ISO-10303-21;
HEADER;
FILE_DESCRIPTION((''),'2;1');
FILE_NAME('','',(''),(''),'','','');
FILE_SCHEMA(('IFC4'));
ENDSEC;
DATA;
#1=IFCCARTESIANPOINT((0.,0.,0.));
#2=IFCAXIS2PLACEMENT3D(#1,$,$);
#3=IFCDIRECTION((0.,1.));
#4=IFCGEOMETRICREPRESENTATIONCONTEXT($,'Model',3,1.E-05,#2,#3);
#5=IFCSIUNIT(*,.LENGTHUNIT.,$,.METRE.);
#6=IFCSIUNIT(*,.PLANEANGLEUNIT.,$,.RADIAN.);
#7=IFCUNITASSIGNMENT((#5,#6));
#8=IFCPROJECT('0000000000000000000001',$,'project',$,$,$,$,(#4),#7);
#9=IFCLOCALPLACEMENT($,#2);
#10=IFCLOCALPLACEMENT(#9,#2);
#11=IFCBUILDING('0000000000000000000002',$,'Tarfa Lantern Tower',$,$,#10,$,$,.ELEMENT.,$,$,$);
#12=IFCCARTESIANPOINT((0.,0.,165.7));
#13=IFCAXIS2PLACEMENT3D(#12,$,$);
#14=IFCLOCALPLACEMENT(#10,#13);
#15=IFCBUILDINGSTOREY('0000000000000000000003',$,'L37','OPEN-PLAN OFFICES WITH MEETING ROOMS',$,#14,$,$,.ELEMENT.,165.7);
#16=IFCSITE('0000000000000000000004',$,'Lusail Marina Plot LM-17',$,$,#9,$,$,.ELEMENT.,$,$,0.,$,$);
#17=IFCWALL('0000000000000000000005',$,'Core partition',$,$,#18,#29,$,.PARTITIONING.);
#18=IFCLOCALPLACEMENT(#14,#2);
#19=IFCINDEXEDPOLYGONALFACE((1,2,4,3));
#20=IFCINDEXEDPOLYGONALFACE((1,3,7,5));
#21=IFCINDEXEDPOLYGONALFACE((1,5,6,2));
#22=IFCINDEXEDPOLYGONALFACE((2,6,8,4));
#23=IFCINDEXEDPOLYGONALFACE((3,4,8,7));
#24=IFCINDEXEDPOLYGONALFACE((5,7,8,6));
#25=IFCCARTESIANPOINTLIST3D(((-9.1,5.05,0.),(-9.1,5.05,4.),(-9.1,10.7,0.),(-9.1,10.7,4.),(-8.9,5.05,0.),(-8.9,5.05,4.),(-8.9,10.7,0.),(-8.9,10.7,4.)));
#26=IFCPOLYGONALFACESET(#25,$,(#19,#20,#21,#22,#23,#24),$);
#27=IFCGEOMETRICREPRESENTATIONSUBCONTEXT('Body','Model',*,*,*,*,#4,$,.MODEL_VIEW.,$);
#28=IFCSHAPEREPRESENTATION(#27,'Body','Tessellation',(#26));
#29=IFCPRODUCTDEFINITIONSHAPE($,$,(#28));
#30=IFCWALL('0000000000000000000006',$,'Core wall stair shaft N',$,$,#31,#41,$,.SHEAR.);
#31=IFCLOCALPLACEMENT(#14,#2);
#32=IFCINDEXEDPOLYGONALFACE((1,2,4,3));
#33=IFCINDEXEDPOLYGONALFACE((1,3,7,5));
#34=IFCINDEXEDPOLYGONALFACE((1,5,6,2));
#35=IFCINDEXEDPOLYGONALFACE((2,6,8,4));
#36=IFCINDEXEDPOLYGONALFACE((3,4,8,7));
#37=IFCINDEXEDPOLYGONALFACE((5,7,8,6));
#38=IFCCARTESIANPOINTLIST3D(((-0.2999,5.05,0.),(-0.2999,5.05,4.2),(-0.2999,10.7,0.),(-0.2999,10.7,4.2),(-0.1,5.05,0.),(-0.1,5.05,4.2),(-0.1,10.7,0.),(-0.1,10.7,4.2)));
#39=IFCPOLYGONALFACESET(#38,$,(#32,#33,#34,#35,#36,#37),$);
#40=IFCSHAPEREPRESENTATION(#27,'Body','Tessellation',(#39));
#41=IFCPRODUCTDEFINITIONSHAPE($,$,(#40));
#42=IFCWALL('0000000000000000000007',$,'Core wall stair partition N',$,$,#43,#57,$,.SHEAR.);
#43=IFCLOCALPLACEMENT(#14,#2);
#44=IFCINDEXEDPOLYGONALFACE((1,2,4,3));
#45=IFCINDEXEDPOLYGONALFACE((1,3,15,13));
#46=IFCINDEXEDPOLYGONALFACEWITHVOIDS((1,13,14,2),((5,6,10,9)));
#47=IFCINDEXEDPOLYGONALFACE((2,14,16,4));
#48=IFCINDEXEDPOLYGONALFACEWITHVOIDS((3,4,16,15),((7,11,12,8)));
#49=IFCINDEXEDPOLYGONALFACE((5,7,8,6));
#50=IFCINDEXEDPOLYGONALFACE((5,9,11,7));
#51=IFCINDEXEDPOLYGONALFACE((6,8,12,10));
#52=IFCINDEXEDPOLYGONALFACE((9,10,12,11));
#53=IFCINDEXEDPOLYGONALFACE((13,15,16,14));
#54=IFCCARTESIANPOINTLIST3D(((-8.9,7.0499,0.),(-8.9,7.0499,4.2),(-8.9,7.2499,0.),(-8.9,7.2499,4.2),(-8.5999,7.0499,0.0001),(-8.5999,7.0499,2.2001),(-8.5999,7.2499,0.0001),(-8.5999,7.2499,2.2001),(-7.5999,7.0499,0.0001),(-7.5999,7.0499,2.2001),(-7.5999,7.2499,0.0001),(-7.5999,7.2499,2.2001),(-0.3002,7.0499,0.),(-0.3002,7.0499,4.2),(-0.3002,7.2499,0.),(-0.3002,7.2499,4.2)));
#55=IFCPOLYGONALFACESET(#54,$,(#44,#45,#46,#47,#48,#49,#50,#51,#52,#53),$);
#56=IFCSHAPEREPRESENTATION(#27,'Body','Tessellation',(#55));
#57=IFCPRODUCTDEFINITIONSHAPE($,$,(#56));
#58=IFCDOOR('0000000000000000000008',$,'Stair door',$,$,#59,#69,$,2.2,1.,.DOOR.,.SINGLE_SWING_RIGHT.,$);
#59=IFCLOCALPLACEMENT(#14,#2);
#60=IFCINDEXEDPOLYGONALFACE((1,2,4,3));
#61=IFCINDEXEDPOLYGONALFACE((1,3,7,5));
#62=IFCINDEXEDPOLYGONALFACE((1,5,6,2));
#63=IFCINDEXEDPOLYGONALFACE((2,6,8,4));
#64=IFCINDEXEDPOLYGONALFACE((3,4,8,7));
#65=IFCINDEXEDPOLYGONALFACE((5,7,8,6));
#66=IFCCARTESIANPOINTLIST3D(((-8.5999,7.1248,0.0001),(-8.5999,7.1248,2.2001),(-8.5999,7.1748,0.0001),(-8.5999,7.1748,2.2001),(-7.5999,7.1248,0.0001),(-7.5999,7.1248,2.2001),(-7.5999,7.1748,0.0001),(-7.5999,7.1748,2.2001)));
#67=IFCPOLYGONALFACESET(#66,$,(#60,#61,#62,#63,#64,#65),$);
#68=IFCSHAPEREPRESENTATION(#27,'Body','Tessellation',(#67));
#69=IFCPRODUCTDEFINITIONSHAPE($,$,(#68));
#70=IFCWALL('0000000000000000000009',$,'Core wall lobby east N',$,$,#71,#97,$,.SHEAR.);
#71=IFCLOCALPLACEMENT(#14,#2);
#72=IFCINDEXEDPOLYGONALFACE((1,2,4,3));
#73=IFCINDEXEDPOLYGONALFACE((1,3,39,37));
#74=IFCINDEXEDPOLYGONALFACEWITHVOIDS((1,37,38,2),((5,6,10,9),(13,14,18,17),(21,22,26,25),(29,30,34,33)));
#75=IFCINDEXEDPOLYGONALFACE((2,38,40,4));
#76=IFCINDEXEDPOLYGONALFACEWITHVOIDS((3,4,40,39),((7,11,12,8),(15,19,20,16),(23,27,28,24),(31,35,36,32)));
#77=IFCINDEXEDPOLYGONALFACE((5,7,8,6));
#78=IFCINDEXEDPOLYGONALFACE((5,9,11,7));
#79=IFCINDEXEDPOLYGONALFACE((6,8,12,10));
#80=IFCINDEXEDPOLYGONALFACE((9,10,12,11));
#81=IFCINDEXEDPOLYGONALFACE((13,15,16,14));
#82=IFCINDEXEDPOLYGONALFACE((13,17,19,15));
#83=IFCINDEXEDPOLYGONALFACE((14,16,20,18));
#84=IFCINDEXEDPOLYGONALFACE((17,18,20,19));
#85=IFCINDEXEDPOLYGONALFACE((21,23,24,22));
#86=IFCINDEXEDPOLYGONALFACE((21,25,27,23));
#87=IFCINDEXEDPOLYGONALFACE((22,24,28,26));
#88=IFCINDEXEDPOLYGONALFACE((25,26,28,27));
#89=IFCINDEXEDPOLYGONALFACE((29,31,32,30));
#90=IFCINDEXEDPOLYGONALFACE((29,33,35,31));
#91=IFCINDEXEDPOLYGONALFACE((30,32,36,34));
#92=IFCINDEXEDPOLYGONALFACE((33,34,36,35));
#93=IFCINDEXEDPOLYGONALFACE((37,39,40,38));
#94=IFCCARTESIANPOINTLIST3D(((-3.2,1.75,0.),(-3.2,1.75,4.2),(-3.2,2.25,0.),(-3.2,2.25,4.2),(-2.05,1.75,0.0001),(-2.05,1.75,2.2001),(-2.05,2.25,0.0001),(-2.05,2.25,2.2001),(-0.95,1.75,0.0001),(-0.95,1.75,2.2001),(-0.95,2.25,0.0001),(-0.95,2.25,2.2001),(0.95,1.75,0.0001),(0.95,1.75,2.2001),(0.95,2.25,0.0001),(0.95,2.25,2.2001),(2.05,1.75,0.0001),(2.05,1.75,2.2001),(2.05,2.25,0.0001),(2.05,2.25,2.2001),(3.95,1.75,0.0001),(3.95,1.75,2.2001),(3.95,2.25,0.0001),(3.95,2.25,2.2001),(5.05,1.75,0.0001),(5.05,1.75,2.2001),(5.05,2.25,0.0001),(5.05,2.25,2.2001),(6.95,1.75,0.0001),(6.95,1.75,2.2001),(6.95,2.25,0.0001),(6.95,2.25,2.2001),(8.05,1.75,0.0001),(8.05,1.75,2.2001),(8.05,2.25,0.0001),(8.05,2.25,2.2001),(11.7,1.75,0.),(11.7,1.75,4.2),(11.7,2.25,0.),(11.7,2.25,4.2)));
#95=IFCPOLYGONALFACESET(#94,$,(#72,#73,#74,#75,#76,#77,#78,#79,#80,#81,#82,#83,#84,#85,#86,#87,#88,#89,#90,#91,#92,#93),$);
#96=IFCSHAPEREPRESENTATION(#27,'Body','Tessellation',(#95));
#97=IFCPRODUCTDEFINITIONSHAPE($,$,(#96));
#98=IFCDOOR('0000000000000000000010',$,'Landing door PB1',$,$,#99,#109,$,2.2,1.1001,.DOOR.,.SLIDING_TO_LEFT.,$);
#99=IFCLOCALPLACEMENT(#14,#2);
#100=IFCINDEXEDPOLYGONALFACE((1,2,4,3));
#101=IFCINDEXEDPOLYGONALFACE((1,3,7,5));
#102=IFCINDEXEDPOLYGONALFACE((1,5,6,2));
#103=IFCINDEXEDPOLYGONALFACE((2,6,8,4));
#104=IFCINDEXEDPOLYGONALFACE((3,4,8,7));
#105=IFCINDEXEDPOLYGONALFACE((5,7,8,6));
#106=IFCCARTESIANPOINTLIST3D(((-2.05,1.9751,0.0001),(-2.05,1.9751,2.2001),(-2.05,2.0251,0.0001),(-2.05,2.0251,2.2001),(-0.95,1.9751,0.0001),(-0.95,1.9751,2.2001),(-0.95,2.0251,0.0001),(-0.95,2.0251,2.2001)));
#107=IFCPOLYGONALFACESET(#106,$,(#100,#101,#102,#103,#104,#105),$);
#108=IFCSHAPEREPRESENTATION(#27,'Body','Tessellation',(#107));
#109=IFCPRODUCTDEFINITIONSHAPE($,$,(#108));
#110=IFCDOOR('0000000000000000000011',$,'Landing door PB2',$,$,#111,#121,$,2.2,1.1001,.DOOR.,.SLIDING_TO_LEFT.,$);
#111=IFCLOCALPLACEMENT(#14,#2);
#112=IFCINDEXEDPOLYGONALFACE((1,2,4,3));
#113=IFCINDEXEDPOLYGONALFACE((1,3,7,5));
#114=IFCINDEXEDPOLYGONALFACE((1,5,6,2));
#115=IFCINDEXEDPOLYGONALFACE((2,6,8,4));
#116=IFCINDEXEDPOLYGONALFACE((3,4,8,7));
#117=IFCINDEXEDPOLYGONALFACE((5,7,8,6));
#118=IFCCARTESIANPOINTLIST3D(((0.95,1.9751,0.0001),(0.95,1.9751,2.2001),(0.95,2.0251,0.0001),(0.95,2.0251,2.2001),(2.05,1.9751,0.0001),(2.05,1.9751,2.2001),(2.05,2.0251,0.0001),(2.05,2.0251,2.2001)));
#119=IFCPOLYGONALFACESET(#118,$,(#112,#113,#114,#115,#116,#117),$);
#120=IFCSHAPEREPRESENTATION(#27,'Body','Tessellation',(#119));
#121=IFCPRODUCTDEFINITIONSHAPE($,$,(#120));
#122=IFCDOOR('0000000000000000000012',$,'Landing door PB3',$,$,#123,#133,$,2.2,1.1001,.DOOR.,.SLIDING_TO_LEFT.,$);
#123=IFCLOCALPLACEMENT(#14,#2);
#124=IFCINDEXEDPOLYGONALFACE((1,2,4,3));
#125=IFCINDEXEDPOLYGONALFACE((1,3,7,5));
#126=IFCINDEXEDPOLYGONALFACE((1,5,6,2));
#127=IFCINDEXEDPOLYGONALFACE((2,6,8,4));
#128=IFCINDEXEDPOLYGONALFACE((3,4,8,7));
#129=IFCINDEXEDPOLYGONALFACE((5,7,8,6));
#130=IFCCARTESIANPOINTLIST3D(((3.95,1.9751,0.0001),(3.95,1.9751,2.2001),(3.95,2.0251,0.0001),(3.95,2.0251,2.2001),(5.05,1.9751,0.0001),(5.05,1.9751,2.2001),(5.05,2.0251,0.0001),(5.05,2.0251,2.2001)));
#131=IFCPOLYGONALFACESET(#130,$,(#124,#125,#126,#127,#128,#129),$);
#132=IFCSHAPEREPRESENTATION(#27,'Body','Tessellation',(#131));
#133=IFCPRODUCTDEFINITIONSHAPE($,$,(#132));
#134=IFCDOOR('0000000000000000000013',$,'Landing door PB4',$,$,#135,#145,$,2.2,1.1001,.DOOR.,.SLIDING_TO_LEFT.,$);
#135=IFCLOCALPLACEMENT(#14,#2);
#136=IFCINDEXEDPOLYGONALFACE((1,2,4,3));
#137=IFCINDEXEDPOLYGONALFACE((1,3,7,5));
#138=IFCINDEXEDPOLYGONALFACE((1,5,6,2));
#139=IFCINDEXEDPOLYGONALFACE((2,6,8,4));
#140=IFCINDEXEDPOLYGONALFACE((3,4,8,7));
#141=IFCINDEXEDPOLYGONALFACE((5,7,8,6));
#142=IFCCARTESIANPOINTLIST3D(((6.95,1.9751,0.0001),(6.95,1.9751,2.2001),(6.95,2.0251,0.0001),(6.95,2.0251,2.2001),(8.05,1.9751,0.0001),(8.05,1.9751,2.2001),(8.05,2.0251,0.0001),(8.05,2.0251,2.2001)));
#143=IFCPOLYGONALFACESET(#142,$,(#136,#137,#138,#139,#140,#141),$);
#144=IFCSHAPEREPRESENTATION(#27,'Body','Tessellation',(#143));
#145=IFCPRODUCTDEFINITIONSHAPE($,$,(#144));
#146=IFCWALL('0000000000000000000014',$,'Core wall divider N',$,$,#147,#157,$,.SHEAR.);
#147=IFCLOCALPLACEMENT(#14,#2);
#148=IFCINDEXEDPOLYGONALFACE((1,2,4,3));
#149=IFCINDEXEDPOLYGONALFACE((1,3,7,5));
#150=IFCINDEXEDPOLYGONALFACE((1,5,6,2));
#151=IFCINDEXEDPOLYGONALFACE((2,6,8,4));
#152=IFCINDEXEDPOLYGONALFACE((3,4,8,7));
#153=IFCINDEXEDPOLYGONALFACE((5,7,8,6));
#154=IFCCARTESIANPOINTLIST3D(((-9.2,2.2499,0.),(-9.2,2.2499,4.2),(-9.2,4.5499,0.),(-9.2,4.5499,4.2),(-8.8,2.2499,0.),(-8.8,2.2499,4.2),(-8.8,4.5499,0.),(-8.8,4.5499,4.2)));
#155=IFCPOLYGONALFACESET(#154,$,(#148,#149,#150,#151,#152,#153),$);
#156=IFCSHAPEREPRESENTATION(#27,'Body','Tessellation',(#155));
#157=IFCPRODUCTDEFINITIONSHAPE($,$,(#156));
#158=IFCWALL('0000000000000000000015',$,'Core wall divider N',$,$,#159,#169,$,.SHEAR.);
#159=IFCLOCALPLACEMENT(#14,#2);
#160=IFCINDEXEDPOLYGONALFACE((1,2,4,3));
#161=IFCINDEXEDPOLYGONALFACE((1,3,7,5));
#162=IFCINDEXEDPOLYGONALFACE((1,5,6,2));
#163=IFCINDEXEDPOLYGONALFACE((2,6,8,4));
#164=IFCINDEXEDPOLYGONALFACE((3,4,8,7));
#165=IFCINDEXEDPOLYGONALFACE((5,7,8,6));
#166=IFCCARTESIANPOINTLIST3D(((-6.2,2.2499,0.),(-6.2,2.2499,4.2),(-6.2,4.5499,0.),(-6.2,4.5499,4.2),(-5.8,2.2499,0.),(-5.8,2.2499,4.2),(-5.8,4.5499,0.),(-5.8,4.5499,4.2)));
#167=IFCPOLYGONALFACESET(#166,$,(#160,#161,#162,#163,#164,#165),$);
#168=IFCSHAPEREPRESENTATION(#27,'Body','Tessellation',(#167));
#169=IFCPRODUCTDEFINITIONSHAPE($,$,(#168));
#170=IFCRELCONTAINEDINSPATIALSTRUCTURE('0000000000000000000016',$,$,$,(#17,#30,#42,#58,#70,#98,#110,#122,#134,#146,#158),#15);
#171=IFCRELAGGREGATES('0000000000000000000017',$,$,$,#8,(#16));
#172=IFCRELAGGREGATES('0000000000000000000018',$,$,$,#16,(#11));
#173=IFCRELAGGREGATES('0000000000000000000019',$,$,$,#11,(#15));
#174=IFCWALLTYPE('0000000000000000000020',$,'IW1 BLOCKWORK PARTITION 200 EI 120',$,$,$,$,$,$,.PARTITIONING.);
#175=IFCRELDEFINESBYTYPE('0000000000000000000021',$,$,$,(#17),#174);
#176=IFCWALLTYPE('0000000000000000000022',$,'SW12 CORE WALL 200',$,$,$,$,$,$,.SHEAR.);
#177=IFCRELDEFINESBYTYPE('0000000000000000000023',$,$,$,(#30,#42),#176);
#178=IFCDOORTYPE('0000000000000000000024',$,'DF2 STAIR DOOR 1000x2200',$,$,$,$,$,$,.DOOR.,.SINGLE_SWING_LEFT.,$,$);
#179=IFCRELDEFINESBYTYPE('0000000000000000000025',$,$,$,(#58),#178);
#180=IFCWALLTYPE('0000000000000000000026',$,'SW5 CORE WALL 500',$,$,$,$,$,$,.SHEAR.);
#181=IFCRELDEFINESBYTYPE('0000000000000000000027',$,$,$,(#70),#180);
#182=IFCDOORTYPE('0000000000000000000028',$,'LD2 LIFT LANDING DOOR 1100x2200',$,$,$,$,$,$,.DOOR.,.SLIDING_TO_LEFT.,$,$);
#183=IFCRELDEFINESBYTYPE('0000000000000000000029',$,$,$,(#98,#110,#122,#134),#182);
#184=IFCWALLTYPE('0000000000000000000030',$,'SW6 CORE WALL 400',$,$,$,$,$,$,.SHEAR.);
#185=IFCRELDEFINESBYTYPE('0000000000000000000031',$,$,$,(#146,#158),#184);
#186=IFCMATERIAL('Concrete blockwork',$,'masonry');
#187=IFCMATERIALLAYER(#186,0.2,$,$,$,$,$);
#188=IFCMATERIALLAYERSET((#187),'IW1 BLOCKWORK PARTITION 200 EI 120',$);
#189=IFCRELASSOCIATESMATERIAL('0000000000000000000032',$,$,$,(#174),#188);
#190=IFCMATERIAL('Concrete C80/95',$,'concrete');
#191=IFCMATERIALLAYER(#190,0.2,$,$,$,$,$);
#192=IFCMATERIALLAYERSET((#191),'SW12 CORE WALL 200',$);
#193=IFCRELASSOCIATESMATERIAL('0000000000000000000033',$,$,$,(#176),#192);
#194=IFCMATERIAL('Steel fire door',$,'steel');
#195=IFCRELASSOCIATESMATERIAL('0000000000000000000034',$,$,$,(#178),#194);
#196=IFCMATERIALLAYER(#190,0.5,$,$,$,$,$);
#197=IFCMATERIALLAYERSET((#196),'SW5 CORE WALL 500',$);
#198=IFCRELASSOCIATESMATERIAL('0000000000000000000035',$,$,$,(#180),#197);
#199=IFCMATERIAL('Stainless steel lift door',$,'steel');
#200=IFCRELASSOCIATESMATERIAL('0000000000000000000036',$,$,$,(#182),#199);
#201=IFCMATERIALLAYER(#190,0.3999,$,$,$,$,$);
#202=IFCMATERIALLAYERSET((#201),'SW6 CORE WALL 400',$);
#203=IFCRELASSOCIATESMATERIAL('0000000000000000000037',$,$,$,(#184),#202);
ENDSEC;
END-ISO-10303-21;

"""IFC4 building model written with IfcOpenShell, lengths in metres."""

from ifc_helpers import new_model, si_unit, direction, frame, frame_2d, origin, place, context, subcontext, project, spatial, rectangle, extrude, material, layer, layer_set, type_object, element, fill, save


model = new_model("IFC4")

# Units and contexts
model_context = context("Model", 3, precision=1e-05, world=origin(), true_north=direction((0.0, 1.0)))
body_context = subcontext(model_context, "Body", "Model", "MODEL_VIEW")
ifc_project = project(units=[si_unit("LENGTHUNIT", "METRE"), si_unit("PLANEANGLEUNIT", "RADIAN")], contexts=[model_context])

# Site, building, storey
site_placement = place(None, origin())
site = spatial("IfcSite", under=ifc_project, at=site_placement, Name="Lusail Marina Plot LM-17", CompositionType="ELEMENT", RefElevation=0.0)
building_placement = place(site_placement, origin())
building = spatial("IfcBuilding", under=site, at=building_placement, Name="Tarfa Lantern Tower", CompositionType="ELEMENT")
storey_placement = place(building_placement, frame((0.0, 0.0, 165.7)))
storey = spatial("IfcBuildingStorey", under=building, at=storey_placement, Name="L37", Description="OPEN-PLAN OFFICES WITH MEETING ROOMS", CompositionType="ELEMENT", Elevation=165.7)

# Walls
ifc_material_1 = material(Name="Concrete blockwork", Category="masonry")
ifc_layer_1 = layer(ifc_material_1, 0.2)
ifc_layer_set_1 = layer_set([ifc_layer_1], Name="IW1 BLOCKWORK PARTITION 200 EI 120")
wall_type_1 = type_object("IfcWallType", Name="IW1 BLOCKWORK PARTITION 200 EI 120", PredefinedType="PARTITIONING", material=ifc_layer_set_1)
wall_1_placement = place(storey_placement, frame((-9.0, 5.05, 0.0), z_axis=(0.0, 0.0, 1.0), x_axis=(0.0, 1.0, 0.0)))
element("IfcWall", 1, at=wall_1_placement, inside=storey, type_object=wall_type_1, Name="Core partition", PredefinedType="PARTITIONING", context=body_context, shape_type="SweptSolid", body=[
    extrude(rectangle(XDim=5.6499, YDim=0.2, at=frame_2d((2.825, 0.0))), origin(), (0.0, 0.0, 1.0), 4.0),
])
ifc_material_2 = material(Name="Concrete C80/95", Category="concrete")
ifc_layer_2 = layer(ifc_material_2, 0.2)
ifc_layer_set_2 = layer_set([ifc_layer_2], Name="SW12 CORE WALL 200")
wall_type_2 = type_object("IfcWallType", Name="SW12 CORE WALL 200", PredefinedType="SHEAR", material=ifc_layer_set_2)
wall_2_placement = place(storey_placement, frame((-0.2, 5.05, 0.0), z_axis=(0.0, 0.0, 1.0), x_axis=(0.0, 1.0, 0.0)))
element("IfcWall", 2, at=wall_2_placement, inside=storey, type_object=wall_type_2, Name="Core wall stair shaft N", PredefinedType="SHEAR", context=body_context, shape_type="SweptSolid", body=[
    extrude(rectangle(XDim=5.6499, YDim=0.2, at=frame_2d((2.825, 0.0))), origin(), (0.0, 0.0, 1.0), 4.2),
])

# Wall, opening, door
wall_3_placement = place(storey_placement, frame((-8.8999, 7.1499, 0.0), z_axis=(0.0, 0.0, 1.0), x_axis=(1.0, 0.0, 0.0)))
wall_3 = element("IfcWall", 3, at=wall_3_placement, inside=storey, type_object=wall_type_2, Name="Core wall stair partition N", PredefinedType="SHEAR", context=body_context, shape_type="SweptSolid", body=[
    extrude(rectangle(XDim=8.5999, YDim=0.2, at=frame_2d((4.2998, 0.0))), origin(), (0.0, 0.0, 1.0), 4.2),
])
opening_1_placement = place(wall_3_placement, frame((0.3, 0.0, 0.0)))
opening_1 = element("IfcOpeningElement", 4, at=opening_1_placement, cuts=wall_3, PredefinedType="OPENING", context=body_context, shape_type="SweptSolid", body=[
    extrude(rectangle(XDim=1.0, YDim=2.2, at=frame_2d((0.5, 1.1001))), frame((0.0, 0.1099, 0.0), z_axis=(0.0, -1.0, 0.0), x_axis=(1.0, 0.0, 0.0)), (0.0, 0.0, 1.0), 0.22),
])
ifc_material_3 = material(Name="Steel fire door", Category="steel")
door_type_1 = type_object("IfcDoorType", Name="DF2 STAIR DOOR 1000x2200", OperationType="SINGLE_SWING_LEFT", PredefinedType="DOOR", material=ifc_material_3)
door_1_placement = place(opening_1_placement, origin())
door_1 = element("IfcDoor", 5, at=door_1_placement, inside=storey, type_object=door_type_1, Name="Stair door", OperationType="SINGLE_SWING_RIGHT", OverallHeight=2.2, OverallWidth=1.0, PredefinedType="DOOR", context=body_context, shape_type="SweptSolid", body=[
    extrude(rectangle(XDim=1.0, YDim=2.2, at=frame_2d((0.5, 1.1001))), frame((0.0, 0.0249, 0.0), z_axis=(0.0, -1.0, 0.0), x_axis=(1.0, 0.0, 0.0)), (0.0, 0.0, 1.0), 0.05),
])
fill(opening_1, door_1)

# Wall, openings, doors
ifc_layer_3 = layer(ifc_material_2, 0.5)
ifc_layer_set_3 = layer_set([ifc_layer_3], Name="SW5 CORE WALL 500")
wall_type_3 = type_object("IfcWallType", Name="SW5 CORE WALL 500", PredefinedType="SHEAR", material=ifc_layer_set_3)
wall_4_placement = place(storey_placement, frame((-3.2, 2.0, 0.0), z_axis=(0.0, 0.0, 1.0), x_axis=(1.0, 0.0, 0.0)))
wall_4 = element("IfcWall", 6, at=wall_4_placement, inside=storey, type_object=wall_type_3, Name="Core wall lobby east N", PredefinedType="SHEAR", context=body_context, shape_type="SweptSolid", body=[
    extrude(rectangle(XDim=14.8999, YDim=0.5, at=frame_2d((7.45, 0.0))), origin(), (0.0, 0.0, 1.0), 4.2),
])
opening_2_placement = place(wall_4_placement, frame((1.1499, 0.0, 0.0)))
opening_2 = element("IfcOpeningElement", 7, at=opening_2_placement, cuts=wall_4, PredefinedType="OPENING", context=body_context, shape_type="SweptSolid", body=[
    extrude(rectangle(XDim=1.1001, YDim=2.2, at=frame_2d((0.55, 1.1001))), frame((0.0, 0.26, 0.0), z_axis=(0.0, -1.0, 0.0), x_axis=(1.0, 0.0, 0.0)), (0.0, 0.0, 1.0), 0.52),
])
opening_3_placement = place(wall_4_placement, frame((4.1499, 0.0, 0.0)))
opening_3 = element("IfcOpeningElement", 8, at=opening_3_placement, cuts=wall_4, PredefinedType="OPENING", context=body_context, shape_type="SweptSolid", body=[
    extrude(rectangle(XDim=1.1001, YDim=2.2, at=frame_2d((0.55, 1.1001))), frame((0.0, 0.26, 0.0), z_axis=(0.0, -1.0, 0.0), x_axis=(1.0, 0.0, 0.0)), (0.0, 0.0, 1.0), 0.52),
])
opening_4_placement = place(wall_4_placement, frame((7.1499, 0.0, 0.0)))
opening_4 = element("IfcOpeningElement", 9, at=opening_4_placement, cuts=wall_4, PredefinedType="OPENING", context=body_context, shape_type="SweptSolid", body=[
    extrude(rectangle(XDim=1.1001, YDim=2.2, at=frame_2d((0.55, 1.1001))), frame((0.0, 0.26, 0.0), z_axis=(0.0, -1.0, 0.0), x_axis=(1.0, 0.0, 0.0)), (0.0, 0.0, 1.0), 0.52),
])
opening_5_placement = place(wall_4_placement, frame((10.1499, 0.0, 0.0)))
opening_5 = element("IfcOpeningElement", 10, at=opening_5_placement, cuts=wall_4, PredefinedType="OPENING", context=body_context, shape_type="SweptSolid", body=[
    extrude(rectangle(XDim=1.1001, YDim=2.2, at=frame_2d((0.55, 1.1001))), frame((0.0, 0.26, 0.0), z_axis=(0.0, -1.0, 0.0), x_axis=(1.0, 0.0, 0.0)), (0.0, 0.0, 1.0), 0.52),
])
ifc_material_4 = material(Name="Stainless steel lift door", Category="steel")
door_type_2 = type_object("IfcDoorType", Name="LD2 LIFT LANDING DOOR 1100x2200", OperationType="SLIDING_TO_LEFT", PredefinedType="DOOR", material=ifc_material_4)
door_2_placement = place(opening_2_placement, frame((1.1001, 0.0, 0.0), z_axis=(0.0, 0.0, 1.0), x_axis=(-1.0, 0.0, 0.0)))
door_2 = element("IfcDoor", 11, at=door_2_placement, inside=storey, type_object=door_type_2, Name="Landing door PB1", OperationType="SLIDING_TO_LEFT", OverallHeight=2.2, OverallWidth=1.1001, PredefinedType="DOOR", context=body_context, shape_type="SweptSolid", body=[
    extrude(rectangle(XDim=1.1001, YDim=2.2, at=frame_2d((0.55, 1.1001))), frame((0.0, 0.0249, 0.0), z_axis=(0.0, -1.0, 0.0), x_axis=(1.0, 0.0, 0.0)), (0.0, 0.0, 1.0), 0.05),
])
fill(opening_2, door_2)
door_3_placement = place(opening_3_placement, frame((1.1001, 0.0, 0.0), z_axis=(0.0, 0.0, 1.0), x_axis=(-1.0, 0.0, 0.0)))
door_3 = element("IfcDoor", 12, at=door_3_placement, inside=storey, type_object=door_type_2, Name="Landing door PB2", OperationType="SLIDING_TO_LEFT", OverallHeight=2.2, OverallWidth=1.1001, PredefinedType="DOOR", context=body_context, shape_type="SweptSolid", body=[
    extrude(rectangle(XDim=1.1001, YDim=2.2, at=frame_2d((0.55, 1.1001))), frame((0.0, 0.0249, 0.0), z_axis=(0.0, -1.0, 0.0), x_axis=(1.0, 0.0, 0.0)), (0.0, 0.0, 1.0), 0.05),
])
fill(opening_3, door_3)
door_4_placement = place(opening_4_placement, frame((1.1001, 0.0, 0.0), z_axis=(0.0, 0.0, 1.0), x_axis=(-1.0, 0.0, 0.0)))
door_4 = element("IfcDoor", 13, at=door_4_placement, inside=storey, type_object=door_type_2, Name="Landing door PB3", OperationType="SLIDING_TO_LEFT", OverallHeight=2.2, OverallWidth=1.1001, PredefinedType="DOOR", context=body_context, shape_type="SweptSolid", body=[
    extrude(rectangle(XDim=1.1001, YDim=2.2, at=frame_2d((0.55, 1.1001))), frame((0.0, 0.0249, 0.0), z_axis=(0.0, -1.0, 0.0), x_axis=(1.0, 0.0, 0.0)), (0.0, 0.0, 1.0), 0.05),
])
fill(opening_4, door_4)
door_5_placement = place(opening_5_placement, frame((1.1001, 0.0, 0.0), z_axis=(0.0, 0.0, 1.0), x_axis=(-1.0, 0.0, 0.0)))
door_5 = element("IfcDoor", 14, at=door_5_placement, inside=storey, type_object=door_type_2, Name="Landing door PB4", OperationType="SLIDING_TO_LEFT", OverallHeight=2.2, OverallWidth=1.1001, PredefinedType="DOOR", context=body_context, shape_type="SweptSolid", body=[
    extrude(rectangle(XDim=1.1001, YDim=2.2, at=frame_2d((0.55, 1.1001))), frame((0.0, 0.0249, 0.0), z_axis=(0.0, -1.0, 0.0), x_axis=(1.0, 0.0, 0.0)), (0.0, 0.0, 1.0), 0.05),
])
fill(opening_5, door_5)

# Walls
ifc_layer_4 = layer(ifc_material_2, 0.3999)
ifc_layer_set_4 = layer_set([ifc_layer_4], Name="SW6 CORE WALL 400")
wall_type_4 = type_object("IfcWallType", Name="SW6 CORE WALL 400", PredefinedType="SHEAR", material=ifc_layer_set_4)
for number, where, z_axis, x_axis, name in (
    (15, (-9.0, 2.25, 0.0), (0.0, 0.0, 1.0), (0.0, 1.0, 0.0), "Core wall divider N"),
    (16, (-6.0, 2.25, 0.0), (0.0, 0.0, 1.0), (0.0, 1.0, 0.0), "Core wall divider N"),
):
    element("IfcWall", number, at=place(storey_placement, frame(where, z_axis=z_axis, x_axis=x_axis)), inside=storey, type_object=wall_type_4, Name=name, PredefinedType="SHEAR", context=body_context, shape_type="SweptSolid", body=[
        extrude(rectangle(XDim=2.3, YDim=0.3999, at=frame_2d((1.1499, 0.0))), origin(), (0.0, 0.0, 1.0), 4.2),
    ])

save(model, "model.ifc")
